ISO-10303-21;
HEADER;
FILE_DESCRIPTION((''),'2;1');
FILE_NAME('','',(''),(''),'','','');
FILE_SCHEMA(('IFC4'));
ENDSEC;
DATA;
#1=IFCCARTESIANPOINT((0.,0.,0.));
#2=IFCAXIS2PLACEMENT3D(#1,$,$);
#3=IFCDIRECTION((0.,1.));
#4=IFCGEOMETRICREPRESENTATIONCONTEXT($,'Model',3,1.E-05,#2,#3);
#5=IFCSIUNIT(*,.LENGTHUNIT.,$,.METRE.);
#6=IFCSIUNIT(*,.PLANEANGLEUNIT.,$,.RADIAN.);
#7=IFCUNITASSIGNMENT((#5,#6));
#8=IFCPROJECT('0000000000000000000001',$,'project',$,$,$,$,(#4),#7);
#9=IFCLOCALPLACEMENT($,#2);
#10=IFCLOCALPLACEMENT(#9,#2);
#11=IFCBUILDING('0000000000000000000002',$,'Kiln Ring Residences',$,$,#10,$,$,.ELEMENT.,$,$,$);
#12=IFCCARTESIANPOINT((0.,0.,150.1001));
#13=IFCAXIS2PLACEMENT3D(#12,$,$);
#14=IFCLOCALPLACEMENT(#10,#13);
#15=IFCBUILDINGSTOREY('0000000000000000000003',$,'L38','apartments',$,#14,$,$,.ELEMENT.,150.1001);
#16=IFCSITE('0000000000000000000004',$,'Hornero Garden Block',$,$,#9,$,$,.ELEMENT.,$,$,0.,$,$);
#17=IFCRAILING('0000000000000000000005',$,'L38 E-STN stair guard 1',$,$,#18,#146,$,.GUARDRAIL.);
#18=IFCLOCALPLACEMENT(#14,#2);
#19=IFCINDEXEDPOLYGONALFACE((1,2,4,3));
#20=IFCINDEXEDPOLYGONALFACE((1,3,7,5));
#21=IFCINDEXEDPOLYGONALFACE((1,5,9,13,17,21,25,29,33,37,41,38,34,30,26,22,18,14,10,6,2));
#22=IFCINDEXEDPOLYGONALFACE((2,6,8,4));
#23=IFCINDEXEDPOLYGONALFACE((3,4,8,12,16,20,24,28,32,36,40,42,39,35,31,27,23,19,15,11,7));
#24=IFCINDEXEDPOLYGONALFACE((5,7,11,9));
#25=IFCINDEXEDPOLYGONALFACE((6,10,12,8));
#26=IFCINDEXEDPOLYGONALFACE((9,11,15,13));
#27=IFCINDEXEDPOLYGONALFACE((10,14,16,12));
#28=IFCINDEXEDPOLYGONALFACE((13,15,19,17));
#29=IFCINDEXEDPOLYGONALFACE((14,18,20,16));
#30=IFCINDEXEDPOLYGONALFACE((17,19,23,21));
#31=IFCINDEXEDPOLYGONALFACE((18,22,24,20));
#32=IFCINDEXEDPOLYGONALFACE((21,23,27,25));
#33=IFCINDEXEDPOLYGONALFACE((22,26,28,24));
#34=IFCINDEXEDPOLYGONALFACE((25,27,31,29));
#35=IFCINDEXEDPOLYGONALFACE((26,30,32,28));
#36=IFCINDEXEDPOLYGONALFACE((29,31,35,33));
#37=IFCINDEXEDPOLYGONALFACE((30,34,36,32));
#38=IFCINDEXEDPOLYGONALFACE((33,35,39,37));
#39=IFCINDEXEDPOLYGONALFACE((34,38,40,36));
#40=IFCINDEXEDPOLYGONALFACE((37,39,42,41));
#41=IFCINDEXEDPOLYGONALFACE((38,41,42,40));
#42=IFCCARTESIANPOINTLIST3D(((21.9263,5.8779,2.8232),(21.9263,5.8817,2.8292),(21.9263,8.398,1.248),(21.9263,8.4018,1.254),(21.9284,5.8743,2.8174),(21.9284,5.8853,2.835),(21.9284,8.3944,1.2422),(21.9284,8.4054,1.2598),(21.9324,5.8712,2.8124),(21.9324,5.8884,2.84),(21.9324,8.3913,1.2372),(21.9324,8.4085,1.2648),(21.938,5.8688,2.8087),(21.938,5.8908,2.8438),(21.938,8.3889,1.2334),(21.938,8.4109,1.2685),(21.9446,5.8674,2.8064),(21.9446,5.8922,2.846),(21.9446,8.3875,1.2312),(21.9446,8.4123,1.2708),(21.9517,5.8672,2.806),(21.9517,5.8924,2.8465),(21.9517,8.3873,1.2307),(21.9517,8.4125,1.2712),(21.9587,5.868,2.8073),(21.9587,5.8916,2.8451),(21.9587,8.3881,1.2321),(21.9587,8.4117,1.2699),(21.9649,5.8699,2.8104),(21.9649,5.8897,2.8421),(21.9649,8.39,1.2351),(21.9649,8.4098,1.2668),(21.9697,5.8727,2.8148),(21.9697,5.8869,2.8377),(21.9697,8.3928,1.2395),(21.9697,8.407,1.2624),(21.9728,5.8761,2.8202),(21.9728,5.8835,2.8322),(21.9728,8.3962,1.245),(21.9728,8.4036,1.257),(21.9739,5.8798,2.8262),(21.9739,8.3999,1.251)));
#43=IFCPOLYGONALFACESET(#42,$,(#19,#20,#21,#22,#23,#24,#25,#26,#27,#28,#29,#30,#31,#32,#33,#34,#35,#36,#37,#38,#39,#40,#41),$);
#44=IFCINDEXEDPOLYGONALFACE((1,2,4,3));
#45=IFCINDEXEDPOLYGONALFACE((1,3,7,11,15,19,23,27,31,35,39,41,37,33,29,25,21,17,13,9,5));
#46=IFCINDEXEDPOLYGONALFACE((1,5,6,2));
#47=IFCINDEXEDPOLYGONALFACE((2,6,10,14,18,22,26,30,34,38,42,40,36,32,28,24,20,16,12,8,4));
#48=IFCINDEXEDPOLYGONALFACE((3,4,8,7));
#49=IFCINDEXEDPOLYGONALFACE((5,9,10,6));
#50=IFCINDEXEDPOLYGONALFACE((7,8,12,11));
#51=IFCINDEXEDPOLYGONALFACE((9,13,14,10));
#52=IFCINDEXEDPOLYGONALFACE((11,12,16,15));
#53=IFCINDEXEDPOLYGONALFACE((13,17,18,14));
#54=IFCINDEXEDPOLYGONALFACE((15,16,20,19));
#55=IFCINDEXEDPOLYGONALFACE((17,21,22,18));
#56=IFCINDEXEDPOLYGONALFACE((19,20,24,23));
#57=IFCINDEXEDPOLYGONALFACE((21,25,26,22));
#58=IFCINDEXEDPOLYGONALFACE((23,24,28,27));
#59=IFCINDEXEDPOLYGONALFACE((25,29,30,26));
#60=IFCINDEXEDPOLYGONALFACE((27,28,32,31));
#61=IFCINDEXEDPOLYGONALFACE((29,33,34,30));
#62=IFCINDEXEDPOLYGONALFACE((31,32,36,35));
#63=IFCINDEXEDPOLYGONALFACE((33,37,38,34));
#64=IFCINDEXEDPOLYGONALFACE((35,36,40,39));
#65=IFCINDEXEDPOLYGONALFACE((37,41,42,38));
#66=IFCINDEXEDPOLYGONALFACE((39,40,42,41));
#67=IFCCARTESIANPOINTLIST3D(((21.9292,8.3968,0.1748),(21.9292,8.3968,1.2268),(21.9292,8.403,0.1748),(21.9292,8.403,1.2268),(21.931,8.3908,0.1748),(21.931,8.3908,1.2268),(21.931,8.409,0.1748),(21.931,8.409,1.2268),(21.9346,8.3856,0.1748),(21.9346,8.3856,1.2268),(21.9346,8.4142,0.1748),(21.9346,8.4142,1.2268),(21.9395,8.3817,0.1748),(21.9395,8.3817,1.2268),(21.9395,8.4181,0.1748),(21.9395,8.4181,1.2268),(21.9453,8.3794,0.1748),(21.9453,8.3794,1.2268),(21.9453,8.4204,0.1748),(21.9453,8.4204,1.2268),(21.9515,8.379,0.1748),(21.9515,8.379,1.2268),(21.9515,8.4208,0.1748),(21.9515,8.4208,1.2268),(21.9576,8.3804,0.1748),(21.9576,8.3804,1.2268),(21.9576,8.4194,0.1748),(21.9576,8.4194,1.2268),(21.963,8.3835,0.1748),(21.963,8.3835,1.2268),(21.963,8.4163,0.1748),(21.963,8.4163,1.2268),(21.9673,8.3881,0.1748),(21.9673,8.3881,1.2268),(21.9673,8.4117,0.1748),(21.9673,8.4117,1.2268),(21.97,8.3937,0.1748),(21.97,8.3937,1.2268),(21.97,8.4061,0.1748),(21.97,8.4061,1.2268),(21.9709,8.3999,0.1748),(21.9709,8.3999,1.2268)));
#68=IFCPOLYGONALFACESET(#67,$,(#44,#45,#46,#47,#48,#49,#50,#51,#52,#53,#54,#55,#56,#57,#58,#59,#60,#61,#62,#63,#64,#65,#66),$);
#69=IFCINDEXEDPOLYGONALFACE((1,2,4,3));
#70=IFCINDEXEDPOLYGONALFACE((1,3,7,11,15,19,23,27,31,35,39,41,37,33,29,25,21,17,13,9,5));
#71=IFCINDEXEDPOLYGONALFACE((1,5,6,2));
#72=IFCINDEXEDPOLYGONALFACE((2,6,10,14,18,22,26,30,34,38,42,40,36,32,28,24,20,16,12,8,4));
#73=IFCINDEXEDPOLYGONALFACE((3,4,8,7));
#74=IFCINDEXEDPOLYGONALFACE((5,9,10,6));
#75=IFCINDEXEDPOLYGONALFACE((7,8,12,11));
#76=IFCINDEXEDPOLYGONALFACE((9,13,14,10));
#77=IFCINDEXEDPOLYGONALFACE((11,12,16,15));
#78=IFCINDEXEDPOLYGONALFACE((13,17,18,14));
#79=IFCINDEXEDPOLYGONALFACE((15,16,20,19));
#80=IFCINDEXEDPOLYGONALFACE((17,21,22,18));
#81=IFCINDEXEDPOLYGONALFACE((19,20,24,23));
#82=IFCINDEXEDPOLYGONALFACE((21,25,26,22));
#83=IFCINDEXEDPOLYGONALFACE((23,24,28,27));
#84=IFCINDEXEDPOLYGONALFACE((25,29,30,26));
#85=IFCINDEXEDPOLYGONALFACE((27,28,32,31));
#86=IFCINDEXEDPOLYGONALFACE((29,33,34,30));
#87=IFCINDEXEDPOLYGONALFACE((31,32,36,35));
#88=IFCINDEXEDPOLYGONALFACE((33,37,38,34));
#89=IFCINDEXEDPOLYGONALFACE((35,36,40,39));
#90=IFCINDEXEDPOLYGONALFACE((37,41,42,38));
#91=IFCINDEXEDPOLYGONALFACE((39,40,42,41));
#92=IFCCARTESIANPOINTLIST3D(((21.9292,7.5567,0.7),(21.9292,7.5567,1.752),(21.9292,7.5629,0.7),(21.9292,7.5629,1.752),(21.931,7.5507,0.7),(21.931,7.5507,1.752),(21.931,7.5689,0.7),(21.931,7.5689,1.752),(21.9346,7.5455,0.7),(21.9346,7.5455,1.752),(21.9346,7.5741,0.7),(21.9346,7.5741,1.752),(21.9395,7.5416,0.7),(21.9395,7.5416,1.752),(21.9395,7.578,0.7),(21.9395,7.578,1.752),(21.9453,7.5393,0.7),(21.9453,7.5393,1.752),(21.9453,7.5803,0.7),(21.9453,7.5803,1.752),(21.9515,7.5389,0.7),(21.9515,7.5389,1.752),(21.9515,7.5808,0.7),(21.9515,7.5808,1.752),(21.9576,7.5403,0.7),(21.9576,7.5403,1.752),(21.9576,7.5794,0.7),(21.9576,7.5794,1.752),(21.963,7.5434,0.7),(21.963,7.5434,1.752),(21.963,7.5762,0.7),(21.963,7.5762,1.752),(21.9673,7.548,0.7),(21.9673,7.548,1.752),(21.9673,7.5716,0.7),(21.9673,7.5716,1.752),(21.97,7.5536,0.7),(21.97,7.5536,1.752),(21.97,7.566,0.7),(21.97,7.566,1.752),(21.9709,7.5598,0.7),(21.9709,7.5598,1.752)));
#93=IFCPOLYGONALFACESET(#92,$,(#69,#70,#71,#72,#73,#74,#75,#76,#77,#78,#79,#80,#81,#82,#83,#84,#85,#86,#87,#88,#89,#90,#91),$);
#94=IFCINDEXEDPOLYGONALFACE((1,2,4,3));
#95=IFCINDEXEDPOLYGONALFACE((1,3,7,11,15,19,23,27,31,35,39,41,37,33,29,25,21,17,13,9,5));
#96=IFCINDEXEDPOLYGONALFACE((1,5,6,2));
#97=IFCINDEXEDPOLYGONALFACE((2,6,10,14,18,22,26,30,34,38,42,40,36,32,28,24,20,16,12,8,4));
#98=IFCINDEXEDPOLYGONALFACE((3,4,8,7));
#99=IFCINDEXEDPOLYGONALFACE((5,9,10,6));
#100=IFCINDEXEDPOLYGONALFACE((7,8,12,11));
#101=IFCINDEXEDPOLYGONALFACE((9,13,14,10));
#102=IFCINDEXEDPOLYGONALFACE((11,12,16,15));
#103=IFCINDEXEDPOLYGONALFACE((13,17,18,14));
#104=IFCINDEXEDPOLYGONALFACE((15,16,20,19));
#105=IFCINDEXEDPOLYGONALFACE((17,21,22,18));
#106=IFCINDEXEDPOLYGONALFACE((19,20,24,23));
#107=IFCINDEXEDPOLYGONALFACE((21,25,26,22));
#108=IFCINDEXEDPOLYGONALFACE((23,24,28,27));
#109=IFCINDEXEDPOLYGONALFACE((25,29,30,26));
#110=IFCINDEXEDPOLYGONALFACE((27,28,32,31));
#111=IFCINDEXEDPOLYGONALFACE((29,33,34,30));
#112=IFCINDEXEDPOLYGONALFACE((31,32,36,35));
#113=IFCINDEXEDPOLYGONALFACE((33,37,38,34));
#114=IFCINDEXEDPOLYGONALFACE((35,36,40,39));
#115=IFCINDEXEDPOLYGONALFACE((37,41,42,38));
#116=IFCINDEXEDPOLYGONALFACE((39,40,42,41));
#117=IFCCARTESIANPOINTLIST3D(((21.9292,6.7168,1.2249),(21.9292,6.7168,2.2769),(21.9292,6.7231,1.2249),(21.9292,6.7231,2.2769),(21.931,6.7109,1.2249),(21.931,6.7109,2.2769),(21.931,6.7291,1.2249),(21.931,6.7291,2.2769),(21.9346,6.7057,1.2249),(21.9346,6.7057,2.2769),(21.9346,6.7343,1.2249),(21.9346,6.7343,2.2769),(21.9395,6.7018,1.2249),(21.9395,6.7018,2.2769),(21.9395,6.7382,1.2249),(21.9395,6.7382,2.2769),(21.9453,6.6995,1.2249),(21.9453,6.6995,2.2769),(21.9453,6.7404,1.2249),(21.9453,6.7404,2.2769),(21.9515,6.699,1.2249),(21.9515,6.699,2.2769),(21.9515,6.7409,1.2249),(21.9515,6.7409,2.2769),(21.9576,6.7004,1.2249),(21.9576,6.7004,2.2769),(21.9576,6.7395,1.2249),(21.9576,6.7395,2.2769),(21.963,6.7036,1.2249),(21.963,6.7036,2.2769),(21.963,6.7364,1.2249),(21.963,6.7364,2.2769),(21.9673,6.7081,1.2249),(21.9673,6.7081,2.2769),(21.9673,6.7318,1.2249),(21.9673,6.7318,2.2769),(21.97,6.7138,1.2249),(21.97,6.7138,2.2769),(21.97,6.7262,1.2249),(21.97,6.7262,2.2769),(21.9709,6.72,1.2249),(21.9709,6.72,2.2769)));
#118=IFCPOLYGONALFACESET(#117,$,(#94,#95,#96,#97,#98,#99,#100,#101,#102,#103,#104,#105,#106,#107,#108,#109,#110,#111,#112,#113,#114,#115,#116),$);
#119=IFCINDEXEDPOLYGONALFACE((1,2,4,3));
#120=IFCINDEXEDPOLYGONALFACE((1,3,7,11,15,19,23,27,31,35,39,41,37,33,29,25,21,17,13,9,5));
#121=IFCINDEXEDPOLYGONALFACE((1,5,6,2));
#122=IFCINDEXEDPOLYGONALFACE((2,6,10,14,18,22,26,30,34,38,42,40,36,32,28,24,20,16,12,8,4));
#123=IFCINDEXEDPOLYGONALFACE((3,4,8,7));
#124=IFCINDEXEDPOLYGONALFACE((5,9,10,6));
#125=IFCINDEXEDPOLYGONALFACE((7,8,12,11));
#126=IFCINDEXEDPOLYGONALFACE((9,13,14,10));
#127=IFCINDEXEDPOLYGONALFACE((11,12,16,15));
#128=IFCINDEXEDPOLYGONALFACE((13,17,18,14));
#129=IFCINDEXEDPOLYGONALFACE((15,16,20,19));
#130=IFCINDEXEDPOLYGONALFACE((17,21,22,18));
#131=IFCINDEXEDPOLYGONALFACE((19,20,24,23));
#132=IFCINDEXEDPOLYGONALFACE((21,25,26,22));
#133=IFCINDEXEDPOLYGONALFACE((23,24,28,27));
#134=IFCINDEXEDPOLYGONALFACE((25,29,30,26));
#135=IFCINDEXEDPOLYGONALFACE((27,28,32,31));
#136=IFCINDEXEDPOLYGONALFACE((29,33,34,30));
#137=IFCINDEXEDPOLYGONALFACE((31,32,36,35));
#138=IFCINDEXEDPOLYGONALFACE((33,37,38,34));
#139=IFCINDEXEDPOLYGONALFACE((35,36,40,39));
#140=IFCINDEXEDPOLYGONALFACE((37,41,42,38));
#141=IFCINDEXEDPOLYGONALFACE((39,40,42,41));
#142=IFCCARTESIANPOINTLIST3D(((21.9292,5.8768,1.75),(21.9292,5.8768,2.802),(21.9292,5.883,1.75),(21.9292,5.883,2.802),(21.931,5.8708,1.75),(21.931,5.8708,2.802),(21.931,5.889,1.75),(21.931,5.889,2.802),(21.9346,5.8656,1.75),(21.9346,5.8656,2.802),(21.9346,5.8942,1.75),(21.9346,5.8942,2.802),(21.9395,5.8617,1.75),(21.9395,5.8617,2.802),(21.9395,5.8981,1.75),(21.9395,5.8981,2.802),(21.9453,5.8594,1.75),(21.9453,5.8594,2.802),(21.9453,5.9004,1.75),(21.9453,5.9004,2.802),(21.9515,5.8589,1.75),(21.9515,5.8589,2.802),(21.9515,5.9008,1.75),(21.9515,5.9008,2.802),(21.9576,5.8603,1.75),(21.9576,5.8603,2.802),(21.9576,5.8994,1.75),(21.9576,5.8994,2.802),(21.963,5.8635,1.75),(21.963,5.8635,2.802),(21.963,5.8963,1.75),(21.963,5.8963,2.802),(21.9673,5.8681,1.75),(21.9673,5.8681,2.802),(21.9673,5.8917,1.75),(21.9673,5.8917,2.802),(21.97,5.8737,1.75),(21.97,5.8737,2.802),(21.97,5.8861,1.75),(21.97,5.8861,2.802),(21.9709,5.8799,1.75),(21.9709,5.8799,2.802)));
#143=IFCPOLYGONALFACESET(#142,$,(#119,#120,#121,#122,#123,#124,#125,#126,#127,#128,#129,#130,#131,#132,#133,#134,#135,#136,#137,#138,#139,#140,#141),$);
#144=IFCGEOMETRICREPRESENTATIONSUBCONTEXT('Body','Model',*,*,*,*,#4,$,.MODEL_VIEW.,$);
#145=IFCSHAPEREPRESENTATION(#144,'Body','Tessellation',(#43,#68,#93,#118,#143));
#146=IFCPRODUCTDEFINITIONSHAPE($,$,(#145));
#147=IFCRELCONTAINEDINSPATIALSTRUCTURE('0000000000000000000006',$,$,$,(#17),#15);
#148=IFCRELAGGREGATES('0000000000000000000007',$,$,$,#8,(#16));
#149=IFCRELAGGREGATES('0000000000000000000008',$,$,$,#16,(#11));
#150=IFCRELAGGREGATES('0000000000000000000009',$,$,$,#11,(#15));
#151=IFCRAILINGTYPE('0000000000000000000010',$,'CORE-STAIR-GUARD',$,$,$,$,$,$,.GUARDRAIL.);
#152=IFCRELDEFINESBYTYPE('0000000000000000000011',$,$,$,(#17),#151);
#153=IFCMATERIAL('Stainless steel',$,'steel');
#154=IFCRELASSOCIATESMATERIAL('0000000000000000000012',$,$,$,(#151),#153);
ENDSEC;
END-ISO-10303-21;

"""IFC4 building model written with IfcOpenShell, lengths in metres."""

from ifc_helpers import new_model, si_unit, direction, frame, origin, origin_2d, place, context, subcontext, project, spatial, circle, extrude, material, type_object, element, save


model = new_model("IFC4")

# Units and contexts
model_context = context("Model", 3, precision=1e-05, world=origin(), true_north=direction((0.0, 1.0)))
body_context = subcontext(model_context, "Body", "Model", "MODEL_VIEW")
ifc_project = project(units=[si_unit("LENGTHUNIT", "METRE"), si_unit("PLANEANGLEUNIT", "RADIAN")], contexts=[model_context])

# Site, building, storey
site_placement = place(None, origin())
site = spatial("IfcSite", under=ifc_project, at=site_placement, Name="Hornero Garden Block", CompositionType="ELEMENT", RefElevation=0.0)
building_placement = place(site_placement, origin())
building = spatial("IfcBuilding", under=site, at=building_placement, Name="Kiln Ring Residences", CompositionType="ELEMENT")
storey_placement = place(building_placement, frame((0.0, 0.0, 150.1001)))
storey = spatial("IfcBuildingStorey", under=building, at=storey_placement, Name="L38", Description="apartments", CompositionType="ELEMENT", Elevation=150.1001)

# Railing
ifc_material_1 = material(Name="Stainless steel", Category="steel")
railing_type = type_object("IfcRailingType", Name="CORE-STAIR-GUARD", PredefinedType="GUARDRAIL", material=ifc_material_1)
railing_1_placement = place(storey_placement, frame((21.95, 8.3999, 0.1748)))
element("IfcRailing", 1, at=railing_1_placement, inside=storey, type_object=railing_type, Name="L38 E-STN stair guard 1", PredefinedType="GUARDRAIL", context=body_context, shape_type="SweptSolid", body=[
    extrude(circle(Radius=0.0239, at=origin_2d()), frame((0.0, 0.0, 1.0762), z_axis=(0.0, -0.847971, 0.530043), x_axis=(1.0, 0.0, 0.0)), (0.0, 0.0, 1.0), 2.9719),
    extrude(circle(Radius=0.021, at=origin_2d()), origin(), (0.0, 0.0, 1.0), 1.052),
    extrude(circle(Radius=0.021, at=origin_2d()), frame((0.0, -0.8401, 0.5251)), (0.0, 0.0, 1.0), 1.052),
    extrude(circle(Radius=0.021, at=origin_2d()), frame((0.0, -1.6799, 1.05)), (0.0, 0.0, 1.0), 1.052),
    extrude(circle(Radius=0.021, at=origin_2d()), frame((0.0, -2.52, 1.5752)), (0.0, 0.0, 1.0), 1.052),
])

save(model, "model.ifc")
